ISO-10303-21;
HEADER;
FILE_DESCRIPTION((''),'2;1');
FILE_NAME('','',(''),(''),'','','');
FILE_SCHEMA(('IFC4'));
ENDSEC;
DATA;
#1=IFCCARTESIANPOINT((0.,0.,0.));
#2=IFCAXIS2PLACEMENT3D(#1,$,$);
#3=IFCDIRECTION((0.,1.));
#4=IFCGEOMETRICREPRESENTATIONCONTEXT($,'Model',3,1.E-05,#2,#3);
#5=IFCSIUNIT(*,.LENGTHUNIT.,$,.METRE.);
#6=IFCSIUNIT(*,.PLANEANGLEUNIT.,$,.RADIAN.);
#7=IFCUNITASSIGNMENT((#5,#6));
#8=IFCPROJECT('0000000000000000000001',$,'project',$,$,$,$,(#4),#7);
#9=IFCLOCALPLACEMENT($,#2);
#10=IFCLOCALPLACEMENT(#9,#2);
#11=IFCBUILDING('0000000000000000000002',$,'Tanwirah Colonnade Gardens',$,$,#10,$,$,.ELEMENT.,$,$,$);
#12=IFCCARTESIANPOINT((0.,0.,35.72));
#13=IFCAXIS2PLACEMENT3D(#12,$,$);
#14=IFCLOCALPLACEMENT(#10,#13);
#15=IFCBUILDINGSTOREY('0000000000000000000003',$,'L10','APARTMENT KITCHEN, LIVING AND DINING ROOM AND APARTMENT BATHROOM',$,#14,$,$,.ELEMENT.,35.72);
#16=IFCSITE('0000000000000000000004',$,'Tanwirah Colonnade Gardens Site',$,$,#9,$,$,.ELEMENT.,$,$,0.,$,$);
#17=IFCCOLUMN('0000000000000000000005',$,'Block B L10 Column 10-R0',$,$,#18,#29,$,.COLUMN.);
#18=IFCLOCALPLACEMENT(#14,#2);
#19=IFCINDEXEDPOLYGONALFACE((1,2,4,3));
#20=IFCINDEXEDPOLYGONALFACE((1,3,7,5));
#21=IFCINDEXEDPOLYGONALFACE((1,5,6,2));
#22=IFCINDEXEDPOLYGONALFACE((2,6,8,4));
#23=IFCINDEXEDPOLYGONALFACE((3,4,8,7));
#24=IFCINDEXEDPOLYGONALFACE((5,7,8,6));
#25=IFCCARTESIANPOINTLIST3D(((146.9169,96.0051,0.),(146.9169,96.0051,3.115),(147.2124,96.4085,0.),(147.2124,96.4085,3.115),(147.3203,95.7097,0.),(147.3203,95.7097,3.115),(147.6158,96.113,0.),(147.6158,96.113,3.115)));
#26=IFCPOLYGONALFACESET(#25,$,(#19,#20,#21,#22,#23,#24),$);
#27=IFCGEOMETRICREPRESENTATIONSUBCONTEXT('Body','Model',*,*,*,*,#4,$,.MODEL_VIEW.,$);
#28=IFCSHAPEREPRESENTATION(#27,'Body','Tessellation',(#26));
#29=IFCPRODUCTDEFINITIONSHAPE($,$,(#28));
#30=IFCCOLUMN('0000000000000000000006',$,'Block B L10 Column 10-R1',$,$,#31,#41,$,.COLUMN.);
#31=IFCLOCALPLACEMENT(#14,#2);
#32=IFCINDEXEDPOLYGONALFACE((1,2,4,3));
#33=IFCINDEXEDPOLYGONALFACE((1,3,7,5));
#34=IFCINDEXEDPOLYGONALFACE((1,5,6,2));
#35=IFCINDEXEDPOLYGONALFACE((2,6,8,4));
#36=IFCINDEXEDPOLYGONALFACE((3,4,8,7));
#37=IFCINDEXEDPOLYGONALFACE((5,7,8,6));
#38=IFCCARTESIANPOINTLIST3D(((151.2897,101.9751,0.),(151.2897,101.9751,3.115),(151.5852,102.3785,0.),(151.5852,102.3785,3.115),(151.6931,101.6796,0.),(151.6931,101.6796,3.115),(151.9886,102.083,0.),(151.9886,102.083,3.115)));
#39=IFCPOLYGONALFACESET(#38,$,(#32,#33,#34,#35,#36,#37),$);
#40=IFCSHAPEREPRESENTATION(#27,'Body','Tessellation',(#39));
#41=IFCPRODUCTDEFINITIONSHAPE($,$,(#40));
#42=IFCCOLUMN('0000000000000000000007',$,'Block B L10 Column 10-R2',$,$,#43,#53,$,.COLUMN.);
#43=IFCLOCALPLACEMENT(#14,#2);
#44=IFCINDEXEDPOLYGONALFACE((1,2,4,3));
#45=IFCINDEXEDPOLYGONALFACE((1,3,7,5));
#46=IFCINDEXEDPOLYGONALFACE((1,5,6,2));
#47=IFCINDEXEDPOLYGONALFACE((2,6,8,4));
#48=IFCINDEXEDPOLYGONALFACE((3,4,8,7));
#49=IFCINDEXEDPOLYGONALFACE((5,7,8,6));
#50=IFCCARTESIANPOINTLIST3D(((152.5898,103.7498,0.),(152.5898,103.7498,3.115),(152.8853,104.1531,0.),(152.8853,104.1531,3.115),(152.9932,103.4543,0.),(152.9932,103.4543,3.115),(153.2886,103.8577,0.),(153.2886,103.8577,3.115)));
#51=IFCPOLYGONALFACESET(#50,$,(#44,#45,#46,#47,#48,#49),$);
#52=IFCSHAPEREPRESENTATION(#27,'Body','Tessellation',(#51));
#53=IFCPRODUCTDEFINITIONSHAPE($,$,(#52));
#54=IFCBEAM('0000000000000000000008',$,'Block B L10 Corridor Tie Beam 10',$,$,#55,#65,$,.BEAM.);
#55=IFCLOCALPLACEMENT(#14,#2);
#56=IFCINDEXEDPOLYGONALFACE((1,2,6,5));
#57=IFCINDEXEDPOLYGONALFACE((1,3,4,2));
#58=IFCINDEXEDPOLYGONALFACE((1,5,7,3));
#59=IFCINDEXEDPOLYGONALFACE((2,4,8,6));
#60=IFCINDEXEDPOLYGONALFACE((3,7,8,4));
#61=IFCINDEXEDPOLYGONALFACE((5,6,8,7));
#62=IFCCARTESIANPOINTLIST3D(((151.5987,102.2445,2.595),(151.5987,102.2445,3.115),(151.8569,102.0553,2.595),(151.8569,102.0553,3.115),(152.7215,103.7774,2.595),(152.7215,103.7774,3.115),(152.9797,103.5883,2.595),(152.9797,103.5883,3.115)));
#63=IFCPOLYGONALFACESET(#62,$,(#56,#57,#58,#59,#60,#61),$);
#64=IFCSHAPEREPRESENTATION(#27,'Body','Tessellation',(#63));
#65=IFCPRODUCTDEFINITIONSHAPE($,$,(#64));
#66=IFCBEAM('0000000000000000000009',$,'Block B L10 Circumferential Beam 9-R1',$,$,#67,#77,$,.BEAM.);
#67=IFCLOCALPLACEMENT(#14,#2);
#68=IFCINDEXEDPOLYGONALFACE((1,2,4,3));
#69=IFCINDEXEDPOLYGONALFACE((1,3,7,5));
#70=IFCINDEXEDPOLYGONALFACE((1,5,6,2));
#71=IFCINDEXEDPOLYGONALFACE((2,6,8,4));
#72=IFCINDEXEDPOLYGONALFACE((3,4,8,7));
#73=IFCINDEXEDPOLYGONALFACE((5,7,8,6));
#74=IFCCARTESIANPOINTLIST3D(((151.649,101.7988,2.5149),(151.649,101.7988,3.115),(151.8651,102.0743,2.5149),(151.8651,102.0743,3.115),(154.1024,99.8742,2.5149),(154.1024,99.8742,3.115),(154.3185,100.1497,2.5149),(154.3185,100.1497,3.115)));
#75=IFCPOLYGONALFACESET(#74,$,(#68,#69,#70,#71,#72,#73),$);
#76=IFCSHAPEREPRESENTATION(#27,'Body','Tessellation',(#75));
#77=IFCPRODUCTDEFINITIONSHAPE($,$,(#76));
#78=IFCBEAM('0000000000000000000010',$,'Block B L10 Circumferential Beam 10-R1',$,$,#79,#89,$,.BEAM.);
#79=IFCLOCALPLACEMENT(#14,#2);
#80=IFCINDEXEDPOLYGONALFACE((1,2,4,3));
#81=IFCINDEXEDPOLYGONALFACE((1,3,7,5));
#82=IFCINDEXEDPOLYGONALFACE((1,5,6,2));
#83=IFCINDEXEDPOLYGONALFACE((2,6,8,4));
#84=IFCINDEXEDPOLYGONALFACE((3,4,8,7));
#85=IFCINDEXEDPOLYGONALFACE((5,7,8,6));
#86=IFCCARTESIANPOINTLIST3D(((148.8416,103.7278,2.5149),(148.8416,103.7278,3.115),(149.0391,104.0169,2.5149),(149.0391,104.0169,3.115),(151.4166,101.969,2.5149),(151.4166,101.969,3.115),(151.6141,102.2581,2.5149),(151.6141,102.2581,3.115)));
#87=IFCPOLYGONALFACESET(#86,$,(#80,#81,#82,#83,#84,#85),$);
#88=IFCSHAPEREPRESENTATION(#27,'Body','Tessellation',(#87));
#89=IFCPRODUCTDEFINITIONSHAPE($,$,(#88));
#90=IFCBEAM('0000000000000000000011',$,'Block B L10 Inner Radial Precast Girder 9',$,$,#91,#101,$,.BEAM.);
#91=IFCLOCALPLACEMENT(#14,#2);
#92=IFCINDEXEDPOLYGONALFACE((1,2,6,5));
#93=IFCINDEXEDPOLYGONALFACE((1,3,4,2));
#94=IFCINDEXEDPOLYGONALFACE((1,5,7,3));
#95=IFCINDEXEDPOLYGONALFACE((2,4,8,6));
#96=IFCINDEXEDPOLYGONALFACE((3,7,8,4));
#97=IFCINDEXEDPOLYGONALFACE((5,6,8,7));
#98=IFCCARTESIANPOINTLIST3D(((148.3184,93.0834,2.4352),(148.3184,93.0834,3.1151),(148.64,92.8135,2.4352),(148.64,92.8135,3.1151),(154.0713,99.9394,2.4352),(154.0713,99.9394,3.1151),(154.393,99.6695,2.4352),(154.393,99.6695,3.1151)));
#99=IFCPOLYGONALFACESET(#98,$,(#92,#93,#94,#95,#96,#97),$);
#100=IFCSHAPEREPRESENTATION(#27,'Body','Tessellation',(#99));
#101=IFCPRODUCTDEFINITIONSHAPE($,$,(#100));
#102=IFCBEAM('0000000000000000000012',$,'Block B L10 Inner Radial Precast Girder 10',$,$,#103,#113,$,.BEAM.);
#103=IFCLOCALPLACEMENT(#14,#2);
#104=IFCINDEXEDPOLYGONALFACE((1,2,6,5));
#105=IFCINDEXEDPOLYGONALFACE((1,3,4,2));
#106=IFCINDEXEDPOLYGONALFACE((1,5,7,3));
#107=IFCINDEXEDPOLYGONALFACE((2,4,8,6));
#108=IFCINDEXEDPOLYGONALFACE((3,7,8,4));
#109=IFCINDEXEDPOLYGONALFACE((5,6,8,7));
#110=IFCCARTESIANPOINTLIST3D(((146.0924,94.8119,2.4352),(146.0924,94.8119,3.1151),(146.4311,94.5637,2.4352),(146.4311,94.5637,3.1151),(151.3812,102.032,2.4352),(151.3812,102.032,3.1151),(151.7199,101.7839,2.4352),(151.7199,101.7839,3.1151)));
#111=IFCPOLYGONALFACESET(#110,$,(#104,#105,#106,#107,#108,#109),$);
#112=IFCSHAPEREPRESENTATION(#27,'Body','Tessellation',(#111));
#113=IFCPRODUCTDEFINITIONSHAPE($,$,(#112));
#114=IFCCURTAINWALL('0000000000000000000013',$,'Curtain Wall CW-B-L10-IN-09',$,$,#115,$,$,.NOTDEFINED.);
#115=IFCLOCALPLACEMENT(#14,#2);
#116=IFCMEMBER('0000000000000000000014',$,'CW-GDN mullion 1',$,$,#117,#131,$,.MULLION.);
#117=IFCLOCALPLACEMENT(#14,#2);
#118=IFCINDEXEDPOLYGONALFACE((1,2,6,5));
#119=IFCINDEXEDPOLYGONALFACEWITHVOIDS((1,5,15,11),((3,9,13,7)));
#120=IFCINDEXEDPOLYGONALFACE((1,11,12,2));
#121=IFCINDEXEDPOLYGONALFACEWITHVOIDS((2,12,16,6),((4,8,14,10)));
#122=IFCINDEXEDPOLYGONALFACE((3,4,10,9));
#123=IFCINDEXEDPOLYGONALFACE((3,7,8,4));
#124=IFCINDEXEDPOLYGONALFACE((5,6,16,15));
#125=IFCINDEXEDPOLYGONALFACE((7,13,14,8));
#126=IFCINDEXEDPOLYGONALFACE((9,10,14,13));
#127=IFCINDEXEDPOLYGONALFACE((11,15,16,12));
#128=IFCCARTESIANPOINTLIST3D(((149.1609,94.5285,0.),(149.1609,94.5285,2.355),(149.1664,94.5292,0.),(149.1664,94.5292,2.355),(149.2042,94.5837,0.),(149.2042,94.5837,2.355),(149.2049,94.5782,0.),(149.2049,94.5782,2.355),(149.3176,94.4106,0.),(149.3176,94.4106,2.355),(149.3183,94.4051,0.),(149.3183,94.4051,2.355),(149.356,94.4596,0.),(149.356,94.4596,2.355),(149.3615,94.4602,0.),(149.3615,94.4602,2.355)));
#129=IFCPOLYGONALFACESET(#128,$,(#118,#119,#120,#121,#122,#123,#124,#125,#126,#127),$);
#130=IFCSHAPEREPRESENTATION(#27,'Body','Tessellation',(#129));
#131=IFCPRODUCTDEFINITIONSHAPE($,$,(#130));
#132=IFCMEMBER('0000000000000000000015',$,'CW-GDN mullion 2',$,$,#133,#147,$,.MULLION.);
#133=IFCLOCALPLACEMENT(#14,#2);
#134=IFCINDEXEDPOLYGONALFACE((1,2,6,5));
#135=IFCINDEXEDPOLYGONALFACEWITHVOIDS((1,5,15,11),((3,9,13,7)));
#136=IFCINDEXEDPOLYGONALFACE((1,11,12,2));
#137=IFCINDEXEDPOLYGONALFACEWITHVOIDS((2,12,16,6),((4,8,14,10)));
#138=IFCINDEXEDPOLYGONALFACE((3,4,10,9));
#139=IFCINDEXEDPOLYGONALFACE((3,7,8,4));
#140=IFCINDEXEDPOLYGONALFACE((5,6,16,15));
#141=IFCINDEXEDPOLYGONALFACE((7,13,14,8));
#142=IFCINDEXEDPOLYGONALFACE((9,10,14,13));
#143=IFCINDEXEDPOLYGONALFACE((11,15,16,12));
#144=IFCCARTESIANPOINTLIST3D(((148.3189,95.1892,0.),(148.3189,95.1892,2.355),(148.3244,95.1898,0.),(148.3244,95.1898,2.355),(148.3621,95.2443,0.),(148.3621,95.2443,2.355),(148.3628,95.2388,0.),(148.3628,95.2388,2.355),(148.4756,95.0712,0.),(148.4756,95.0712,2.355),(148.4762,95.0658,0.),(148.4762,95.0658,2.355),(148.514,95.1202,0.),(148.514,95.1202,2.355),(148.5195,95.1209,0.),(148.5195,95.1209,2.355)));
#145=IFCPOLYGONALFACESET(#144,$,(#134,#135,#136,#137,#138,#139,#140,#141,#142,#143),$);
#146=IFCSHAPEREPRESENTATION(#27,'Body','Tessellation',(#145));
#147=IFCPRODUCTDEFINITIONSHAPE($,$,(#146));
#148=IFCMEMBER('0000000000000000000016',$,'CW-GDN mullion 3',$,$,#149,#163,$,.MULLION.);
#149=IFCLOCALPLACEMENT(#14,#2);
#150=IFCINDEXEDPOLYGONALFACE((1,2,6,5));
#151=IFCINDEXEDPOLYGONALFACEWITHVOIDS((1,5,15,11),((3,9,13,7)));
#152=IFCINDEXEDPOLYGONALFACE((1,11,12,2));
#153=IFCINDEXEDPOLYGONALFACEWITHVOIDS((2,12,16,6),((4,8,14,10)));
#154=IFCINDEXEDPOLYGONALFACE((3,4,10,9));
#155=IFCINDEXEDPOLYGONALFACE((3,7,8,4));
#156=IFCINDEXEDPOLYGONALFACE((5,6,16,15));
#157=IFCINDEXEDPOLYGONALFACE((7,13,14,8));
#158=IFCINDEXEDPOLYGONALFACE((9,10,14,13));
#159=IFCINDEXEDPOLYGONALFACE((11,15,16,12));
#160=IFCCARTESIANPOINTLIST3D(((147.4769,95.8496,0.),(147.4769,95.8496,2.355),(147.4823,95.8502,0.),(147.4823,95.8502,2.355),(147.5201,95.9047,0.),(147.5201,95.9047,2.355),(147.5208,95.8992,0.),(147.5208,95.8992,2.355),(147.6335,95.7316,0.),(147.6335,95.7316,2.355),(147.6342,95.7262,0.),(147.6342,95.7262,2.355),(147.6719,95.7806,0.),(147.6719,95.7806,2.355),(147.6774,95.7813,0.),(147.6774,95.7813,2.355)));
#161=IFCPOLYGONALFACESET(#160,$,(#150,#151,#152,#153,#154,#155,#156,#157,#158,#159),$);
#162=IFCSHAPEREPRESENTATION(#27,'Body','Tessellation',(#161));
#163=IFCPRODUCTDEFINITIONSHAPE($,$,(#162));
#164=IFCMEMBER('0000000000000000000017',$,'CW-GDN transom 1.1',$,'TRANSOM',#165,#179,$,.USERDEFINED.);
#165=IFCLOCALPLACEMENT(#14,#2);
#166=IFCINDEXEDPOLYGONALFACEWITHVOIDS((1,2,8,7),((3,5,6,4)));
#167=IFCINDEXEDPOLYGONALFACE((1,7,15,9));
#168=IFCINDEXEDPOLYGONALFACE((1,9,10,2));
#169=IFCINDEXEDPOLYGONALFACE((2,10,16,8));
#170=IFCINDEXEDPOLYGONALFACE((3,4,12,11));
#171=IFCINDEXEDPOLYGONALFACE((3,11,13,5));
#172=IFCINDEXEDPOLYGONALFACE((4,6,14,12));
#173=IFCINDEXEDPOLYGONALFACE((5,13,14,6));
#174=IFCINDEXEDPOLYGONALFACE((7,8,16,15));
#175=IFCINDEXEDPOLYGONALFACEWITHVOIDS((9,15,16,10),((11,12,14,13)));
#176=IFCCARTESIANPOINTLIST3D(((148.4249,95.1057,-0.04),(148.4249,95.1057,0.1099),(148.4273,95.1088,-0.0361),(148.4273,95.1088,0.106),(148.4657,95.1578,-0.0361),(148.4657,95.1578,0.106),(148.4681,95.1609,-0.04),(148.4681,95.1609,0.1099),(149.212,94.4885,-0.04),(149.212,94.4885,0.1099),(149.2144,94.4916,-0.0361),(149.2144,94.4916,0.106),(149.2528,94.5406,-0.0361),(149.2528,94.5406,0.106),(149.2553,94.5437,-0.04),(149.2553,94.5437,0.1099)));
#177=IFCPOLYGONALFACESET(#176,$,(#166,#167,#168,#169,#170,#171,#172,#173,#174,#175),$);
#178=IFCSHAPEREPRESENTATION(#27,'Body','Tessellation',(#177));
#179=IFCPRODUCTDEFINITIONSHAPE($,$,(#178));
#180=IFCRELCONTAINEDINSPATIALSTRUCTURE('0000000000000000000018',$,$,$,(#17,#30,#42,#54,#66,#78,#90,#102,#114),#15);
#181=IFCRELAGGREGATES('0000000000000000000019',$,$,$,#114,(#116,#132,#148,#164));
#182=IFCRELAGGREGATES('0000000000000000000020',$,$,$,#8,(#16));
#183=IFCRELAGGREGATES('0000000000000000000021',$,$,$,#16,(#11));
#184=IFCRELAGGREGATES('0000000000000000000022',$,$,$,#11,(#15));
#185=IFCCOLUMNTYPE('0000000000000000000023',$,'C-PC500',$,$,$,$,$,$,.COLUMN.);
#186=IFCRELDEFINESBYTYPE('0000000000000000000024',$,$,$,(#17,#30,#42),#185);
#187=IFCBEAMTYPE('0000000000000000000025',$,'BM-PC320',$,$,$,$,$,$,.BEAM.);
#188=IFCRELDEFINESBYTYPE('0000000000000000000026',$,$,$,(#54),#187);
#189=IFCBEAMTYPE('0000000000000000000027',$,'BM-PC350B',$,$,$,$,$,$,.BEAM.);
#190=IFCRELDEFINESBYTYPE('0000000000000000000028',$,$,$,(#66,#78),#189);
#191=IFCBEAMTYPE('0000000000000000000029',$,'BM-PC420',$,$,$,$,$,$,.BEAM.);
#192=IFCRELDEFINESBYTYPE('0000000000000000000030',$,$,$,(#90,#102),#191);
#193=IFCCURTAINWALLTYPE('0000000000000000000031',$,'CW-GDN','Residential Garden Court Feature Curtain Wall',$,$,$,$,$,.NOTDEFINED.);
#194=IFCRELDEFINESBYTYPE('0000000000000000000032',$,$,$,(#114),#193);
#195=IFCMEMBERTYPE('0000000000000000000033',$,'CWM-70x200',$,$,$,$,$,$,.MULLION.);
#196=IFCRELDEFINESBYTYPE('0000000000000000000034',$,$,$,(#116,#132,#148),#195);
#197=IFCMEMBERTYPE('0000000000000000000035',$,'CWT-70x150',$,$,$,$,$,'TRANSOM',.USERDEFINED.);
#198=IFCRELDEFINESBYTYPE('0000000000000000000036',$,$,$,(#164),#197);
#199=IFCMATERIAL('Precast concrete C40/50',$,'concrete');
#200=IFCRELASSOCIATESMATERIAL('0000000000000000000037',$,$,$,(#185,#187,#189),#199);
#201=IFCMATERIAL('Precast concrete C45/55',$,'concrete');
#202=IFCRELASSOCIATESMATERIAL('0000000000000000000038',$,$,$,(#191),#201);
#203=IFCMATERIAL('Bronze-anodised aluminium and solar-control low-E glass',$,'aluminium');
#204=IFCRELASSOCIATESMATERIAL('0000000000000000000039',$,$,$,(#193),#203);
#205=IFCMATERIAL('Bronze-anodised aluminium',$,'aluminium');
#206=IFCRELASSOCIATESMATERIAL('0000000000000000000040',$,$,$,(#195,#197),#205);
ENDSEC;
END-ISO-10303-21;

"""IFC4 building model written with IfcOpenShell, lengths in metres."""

from ifc_helpers import new_model, si_unit, direction, frame, origin, origin_2d, place, context, subcontext, project, spatial, rectangle, hollow_rectangle, extrude, material, material_profile, profile_set, type_object, element, aggregate, save


model = new_model("IFC4")

# Units and contexts
model_context = context("Model", 3, precision=1e-05, world=origin(), true_north=direction((0.0, 1.0)))
body_context = subcontext(model_context, "Body", "Model", "MODEL_VIEW")
ifc_project = project(units=[si_unit("LENGTHUNIT", "METRE"), si_unit("PLANEANGLEUNIT", "RADIAN")], contexts=[model_context])

# Site, building, storey
site_placement = place(None, origin())
site = spatial("IfcSite", under=ifc_project, at=site_placement, Name="Tanwirah Colonnade Gardens Site", CompositionType="ELEMENT", RefElevation=0.0)
building_placement = place(site_placement, origin())
building = spatial("IfcBuilding", under=site, at=building_placement, Name="Tanwirah Colonnade Gardens", CompositionType="ELEMENT")
storey_placement = place(building_placement, frame((0.0, 0.0, 35.72)))
storey = spatial("IfcBuildingStorey", under=building, at=storey_placement, Name="L10", Description="APARTMENT KITCHEN, LIVING AND DINING ROOM AND APARTMENT BATHROOM", CompositionType="ELEMENT", Elevation=35.72)

# Columns
ifc_material_1 = material(Name="Precast concrete C40/50", Category="concrete")
ifc_material_profile_1 = material_profile(ifc_material_1, rectangle(XDim=0.5, YDim=0.5, at=origin_2d()), Name="PC-COL 500x500")
ifc_profile_set_1 = profile_set([ifc_material_profile_1], Name="Precast concrete C40/50")
column_type = type_object("IfcColumnType", Name="C-PC500", PredefinedType="COLUMN", material=ifc_profile_set_1)
for number, where, z_axis, x_axis, name in (
    (1, (147.2664, 96.0591, 0.0), (0.0, 0.0, 1.0), (0.590919, 0.806731, 0.0), "Block B L10 Column 10-R0"),
    (2, (151.6392, 102.0291, 0.0), (0.0, 0.0, 1.0), (0.590919, 0.806731, 0.0), "Block B L10 Column 10-R1"),
    (3, (152.9392, 103.8037, 0.0), (0.0, 0.0, 1.0), (0.590919, 0.806731, 0.0), "Block B L10 Column 10-R2"),
):
    element("IfcColumn", number, at=place(storey_placement, frame(where, z_axis=z_axis, x_axis=x_axis)), inside=storey, type_object=column_type, Name=name, PredefinedType="COLUMN", context=body_context, shape_type="SweptSolid", body=[
        extrude(rectangle(XDim=0.5, YDim=0.5, at=origin_2d()), origin(), (0.0, 0.0, 1.0), 3.115),
    ])

# Beams
ifc_material_profile_2 = material_profile(ifc_material_1, rectangle(XDim=0.3201, YDim=0.52, at=origin_2d()), Name="PC-BM 320x520")
ifc_profile_set_2 = profile_set([ifc_material_profile_2], Name="Precast concrete C40/50")
beam_type_1 = type_object("IfcBeamType", Name="BM-PC320", PredefinedType="BEAM", material=ifc_profile_set_2)
beam_1_placement = place(storey_placement, frame((151.7278, 102.1499, 2.855), z_axis=(0.590896, 0.806748, 0.0), x_axis=(-0.806748, 0.590896, 0.0)))
element("IfcBeam", 4, at=beam_1_placement, inside=storey, type_object=beam_type_1, Name="Block B L10 Corridor Tie Beam 10", PredefinedType="BEAM", context=body_context, shape_type="SweptSolid", body=[
    extrude(rectangle(XDim=0.3201, YDim=0.52, at=origin_2d()), origin(), (0.0, 0.0, 1.0), 1.9001),
])
ifc_material_profile_3 = material_profile(ifc_material_1, rectangle(XDim=0.3501, YDim=0.6001, at=origin_2d()), Name="PC-BM 350x600")
ifc_profile_set_3 = profile_set([ifc_material_profile_3], Name="Precast concrete C40/50")
beam_type_2 = type_object("IfcBeamType", Name="BM-PC350B", PredefinedType="BEAM", material=ifc_profile_set_3)
beam_2_placement = place(storey_placement, frame((154.2104, 100.012, 2.8149), z_axis=(-0.786799, 0.617209, 0.0), x_axis=(-0.617209, -0.786799, 0.0)))
element("IfcBeam", 5, at=beam_2_placement, inside=storey, type_object=beam_type_2, Name="Block B L10 Circumferential Beam 9-R1", PredefinedType="BEAM", context=body_context, shape_type="SweptSolid", body=[
    extrude(rectangle(XDim=0.3501, YDim=0.6001, at=origin_2d()), origin(), (0.0, 0.0, 1.0), 3.1182),
])
beam_3_placement = place(storey_placement, frame((151.5154, 102.1135, 2.8149), z_axis=(-0.825758, 0.564024, 0.0), x_axis=(-0.564024, -0.825758, 0.0)))
element("IfcBeam", 6, at=beam_3_placement, inside=storey, type_object=beam_type_2, Name="Block B L10 Circumferential Beam 10-R1", PredefinedType="BEAM", context=body_context, shape_type="SweptSolid", body=[
    extrude(rectangle(XDim=0.3501, YDim=0.6001, at=origin_2d()), origin(), (0.0, 0.0, 1.0), 3.1184),
])
ifc_material_2 = material(Name="Precast concrete C45/55", Category="concrete")
ifc_material_profile_4 = material_profile(ifc_material_2, rectangle(XDim=0.4199, YDim=0.6799, at=origin_2d()), Name="PC-BM 420x680")
ifc_profile_set_4 = profile_set([ifc_material_profile_4], Name="Precast concrete C45/55")
beam_type_3 = type_object("IfcBeamType", Name="BM-PC420", PredefinedType="BEAM", material=ifc_profile_set_4)
for number, where, z_axis, x_axis, name in (
    (7, (154.2322, 99.8044, 2.7751), (-0.642794, -0.766039, 0.0), (0.766039, -0.642794, 0.0), "Block B L10 Inner Radial Precast Girder 9"),
    (8, (151.5505, 101.908, 2.7751), (-0.590927, -0.806725, 0.0), (0.806725, -0.590927, 0.0), "Block B L10 Inner Radial Precast Girder 10"),
):
    element("IfcBeam", number, at=place(storey_placement, frame(where, z_axis=z_axis, x_axis=x_axis)), inside=storey, type_object=beam_type_3, Name=name, PredefinedType="BEAM", context=body_context, shape_type="SweptSolid", body=[
        extrude(rectangle(XDim=0.4199, YDim=0.6799, at=origin_2d()), origin(), (0.0, 0.0, 1.0), 8.95),
    ])

# Curtain wall, members
ifc_material_3 = material(Name="Bronze-anodised aluminium and solar-control low-E glass", Category="aluminium")
curtain_wall_type = type_object("IfcCurtainWallType", Name="CW-GDN", Description="Residential Garden Court Feature Curtain Wall", PredefinedType="NOTDEFINED", material=ifc_material_3)
curtain_wall_placement = place(storey_placement, origin())
curtain_wall = element("IfcCurtainWall", 9, at=curtain_wall_placement, inside=storey, type_object=curtain_wall_type, Name="Curtain Wall CW-B-L10-IN-09", PredefinedType="NOTDEFINED")
ifc_material_4 = material(Name="Bronze-anodised aluminium", Category="aluminium")
ifc_material_profile_5 = material_profile(ifc_material_4, hollow_rectangle(XDim=0.0701, YDim=0.2, WallThickness=0.0039, at=origin_2d()), Name="CW-MUL 70x200x4")
ifc_profile_set_5 = profile_set([ifc_material_profile_5], Name="Bronze-anodised aluminium")
member_type_1 = type_object("IfcMemberType", Name="CWM-70x200", PredefinedType="MULLION", material=ifc_profile_set_5)
member_1_placement = place(storey_placement, frame((149.2612, 94.4944, 0.0), z_axis=(0.0, 0.0, 1.0), x_axis=(-0.617189, -0.786815, 0.0)))
member_1 = element("IfcMember", 10, at=member_1_placement, type_object=member_type_1, Name="CW-GDN mullion 1", PredefinedType="MULLION", context=body_context, shape_type="SweptSolid", body=[
    extrude(hollow_rectangle(XDim=0.0701, YDim=0.2, WallThickness=0.0039, at=origin_2d()), origin(), (0.0, 0.0, 1.0), 2.355),
])
member_2_placement = place(storey_placement, frame((148.4192, 95.155, 0.0), z_axis=(0.0, 0.0, 1.0), x_axis=(-0.617189, -0.786815, 0.0)))
member_2 = element("IfcMember", 11, at=member_2_placement, type_object=member_type_1, Name="CW-GDN mullion 2", PredefinedType="MULLION", context=body_context, shape_type="SweptSolid", body=[
    extrude(hollow_rectangle(XDim=0.0701, YDim=0.2, WallThickness=0.0039, at=origin_2d()), origin(), (0.0, 0.0, 1.0), 2.355),
])
member_3_placement = place(storey_placement, frame((147.5771, 95.8154, 0.0), z_axis=(0.0, 0.0, 1.0), x_axis=(-0.617189, -0.786815, 0.0)))
member_3 = element("IfcMember", 12, at=member_3_placement, type_object=member_type_1, Name="CW-GDN mullion 3", PredefinedType="MULLION", context=body_context, shape_type="SweptSolid", body=[
    extrude(hollow_rectangle(XDim=0.0701, YDim=0.2, WallThickness=0.0039, at=origin_2d()), origin(), (0.0, 0.0, 1.0), 2.355),
])
ifc_material_profile_6 = material_profile(ifc_material_4, hollow_rectangle(XDim=0.0701, YDim=0.1499, WallThickness=0.0039, at=origin_2d()), Name="CW-TRN 70x150x4")
ifc_profile_set_6 = profile_set([ifc_material_profile_6], Name="Bronze-anodised aluminium")
member_type_2 = type_object("IfcMemberType", Name="CWT-70x150", ElementType="TRANSOM", PredefinedType="USERDEFINED", material=ifc_profile_set_6)
member_4_placement = place(storey_placement, frame((149.2336, 94.5161, 0.0349), z_axis=(-0.786928, 0.617045, 0.0), x_axis=(-0.617045, -0.786928, 0.0)))
member_4 = element("IfcMember", 13, at=member_4_placement, type_object=member_type_2, Name="CW-GDN transom 1.1", ObjectType="TRANSOM", PredefinedType="USERDEFINED", context=body_context, shape_type="SweptSolid", body=[
    extrude(hollow_rectangle(XDim=0.0701, YDim=0.1499, WallThickness=0.0039, at=origin_2d()), origin(), (0.0, 0.0, 1.0), 1.0002),
])

aggregate(curtain_wall, [member_1, member_2, member_3, member_4])

save(model, "model.ifc")
